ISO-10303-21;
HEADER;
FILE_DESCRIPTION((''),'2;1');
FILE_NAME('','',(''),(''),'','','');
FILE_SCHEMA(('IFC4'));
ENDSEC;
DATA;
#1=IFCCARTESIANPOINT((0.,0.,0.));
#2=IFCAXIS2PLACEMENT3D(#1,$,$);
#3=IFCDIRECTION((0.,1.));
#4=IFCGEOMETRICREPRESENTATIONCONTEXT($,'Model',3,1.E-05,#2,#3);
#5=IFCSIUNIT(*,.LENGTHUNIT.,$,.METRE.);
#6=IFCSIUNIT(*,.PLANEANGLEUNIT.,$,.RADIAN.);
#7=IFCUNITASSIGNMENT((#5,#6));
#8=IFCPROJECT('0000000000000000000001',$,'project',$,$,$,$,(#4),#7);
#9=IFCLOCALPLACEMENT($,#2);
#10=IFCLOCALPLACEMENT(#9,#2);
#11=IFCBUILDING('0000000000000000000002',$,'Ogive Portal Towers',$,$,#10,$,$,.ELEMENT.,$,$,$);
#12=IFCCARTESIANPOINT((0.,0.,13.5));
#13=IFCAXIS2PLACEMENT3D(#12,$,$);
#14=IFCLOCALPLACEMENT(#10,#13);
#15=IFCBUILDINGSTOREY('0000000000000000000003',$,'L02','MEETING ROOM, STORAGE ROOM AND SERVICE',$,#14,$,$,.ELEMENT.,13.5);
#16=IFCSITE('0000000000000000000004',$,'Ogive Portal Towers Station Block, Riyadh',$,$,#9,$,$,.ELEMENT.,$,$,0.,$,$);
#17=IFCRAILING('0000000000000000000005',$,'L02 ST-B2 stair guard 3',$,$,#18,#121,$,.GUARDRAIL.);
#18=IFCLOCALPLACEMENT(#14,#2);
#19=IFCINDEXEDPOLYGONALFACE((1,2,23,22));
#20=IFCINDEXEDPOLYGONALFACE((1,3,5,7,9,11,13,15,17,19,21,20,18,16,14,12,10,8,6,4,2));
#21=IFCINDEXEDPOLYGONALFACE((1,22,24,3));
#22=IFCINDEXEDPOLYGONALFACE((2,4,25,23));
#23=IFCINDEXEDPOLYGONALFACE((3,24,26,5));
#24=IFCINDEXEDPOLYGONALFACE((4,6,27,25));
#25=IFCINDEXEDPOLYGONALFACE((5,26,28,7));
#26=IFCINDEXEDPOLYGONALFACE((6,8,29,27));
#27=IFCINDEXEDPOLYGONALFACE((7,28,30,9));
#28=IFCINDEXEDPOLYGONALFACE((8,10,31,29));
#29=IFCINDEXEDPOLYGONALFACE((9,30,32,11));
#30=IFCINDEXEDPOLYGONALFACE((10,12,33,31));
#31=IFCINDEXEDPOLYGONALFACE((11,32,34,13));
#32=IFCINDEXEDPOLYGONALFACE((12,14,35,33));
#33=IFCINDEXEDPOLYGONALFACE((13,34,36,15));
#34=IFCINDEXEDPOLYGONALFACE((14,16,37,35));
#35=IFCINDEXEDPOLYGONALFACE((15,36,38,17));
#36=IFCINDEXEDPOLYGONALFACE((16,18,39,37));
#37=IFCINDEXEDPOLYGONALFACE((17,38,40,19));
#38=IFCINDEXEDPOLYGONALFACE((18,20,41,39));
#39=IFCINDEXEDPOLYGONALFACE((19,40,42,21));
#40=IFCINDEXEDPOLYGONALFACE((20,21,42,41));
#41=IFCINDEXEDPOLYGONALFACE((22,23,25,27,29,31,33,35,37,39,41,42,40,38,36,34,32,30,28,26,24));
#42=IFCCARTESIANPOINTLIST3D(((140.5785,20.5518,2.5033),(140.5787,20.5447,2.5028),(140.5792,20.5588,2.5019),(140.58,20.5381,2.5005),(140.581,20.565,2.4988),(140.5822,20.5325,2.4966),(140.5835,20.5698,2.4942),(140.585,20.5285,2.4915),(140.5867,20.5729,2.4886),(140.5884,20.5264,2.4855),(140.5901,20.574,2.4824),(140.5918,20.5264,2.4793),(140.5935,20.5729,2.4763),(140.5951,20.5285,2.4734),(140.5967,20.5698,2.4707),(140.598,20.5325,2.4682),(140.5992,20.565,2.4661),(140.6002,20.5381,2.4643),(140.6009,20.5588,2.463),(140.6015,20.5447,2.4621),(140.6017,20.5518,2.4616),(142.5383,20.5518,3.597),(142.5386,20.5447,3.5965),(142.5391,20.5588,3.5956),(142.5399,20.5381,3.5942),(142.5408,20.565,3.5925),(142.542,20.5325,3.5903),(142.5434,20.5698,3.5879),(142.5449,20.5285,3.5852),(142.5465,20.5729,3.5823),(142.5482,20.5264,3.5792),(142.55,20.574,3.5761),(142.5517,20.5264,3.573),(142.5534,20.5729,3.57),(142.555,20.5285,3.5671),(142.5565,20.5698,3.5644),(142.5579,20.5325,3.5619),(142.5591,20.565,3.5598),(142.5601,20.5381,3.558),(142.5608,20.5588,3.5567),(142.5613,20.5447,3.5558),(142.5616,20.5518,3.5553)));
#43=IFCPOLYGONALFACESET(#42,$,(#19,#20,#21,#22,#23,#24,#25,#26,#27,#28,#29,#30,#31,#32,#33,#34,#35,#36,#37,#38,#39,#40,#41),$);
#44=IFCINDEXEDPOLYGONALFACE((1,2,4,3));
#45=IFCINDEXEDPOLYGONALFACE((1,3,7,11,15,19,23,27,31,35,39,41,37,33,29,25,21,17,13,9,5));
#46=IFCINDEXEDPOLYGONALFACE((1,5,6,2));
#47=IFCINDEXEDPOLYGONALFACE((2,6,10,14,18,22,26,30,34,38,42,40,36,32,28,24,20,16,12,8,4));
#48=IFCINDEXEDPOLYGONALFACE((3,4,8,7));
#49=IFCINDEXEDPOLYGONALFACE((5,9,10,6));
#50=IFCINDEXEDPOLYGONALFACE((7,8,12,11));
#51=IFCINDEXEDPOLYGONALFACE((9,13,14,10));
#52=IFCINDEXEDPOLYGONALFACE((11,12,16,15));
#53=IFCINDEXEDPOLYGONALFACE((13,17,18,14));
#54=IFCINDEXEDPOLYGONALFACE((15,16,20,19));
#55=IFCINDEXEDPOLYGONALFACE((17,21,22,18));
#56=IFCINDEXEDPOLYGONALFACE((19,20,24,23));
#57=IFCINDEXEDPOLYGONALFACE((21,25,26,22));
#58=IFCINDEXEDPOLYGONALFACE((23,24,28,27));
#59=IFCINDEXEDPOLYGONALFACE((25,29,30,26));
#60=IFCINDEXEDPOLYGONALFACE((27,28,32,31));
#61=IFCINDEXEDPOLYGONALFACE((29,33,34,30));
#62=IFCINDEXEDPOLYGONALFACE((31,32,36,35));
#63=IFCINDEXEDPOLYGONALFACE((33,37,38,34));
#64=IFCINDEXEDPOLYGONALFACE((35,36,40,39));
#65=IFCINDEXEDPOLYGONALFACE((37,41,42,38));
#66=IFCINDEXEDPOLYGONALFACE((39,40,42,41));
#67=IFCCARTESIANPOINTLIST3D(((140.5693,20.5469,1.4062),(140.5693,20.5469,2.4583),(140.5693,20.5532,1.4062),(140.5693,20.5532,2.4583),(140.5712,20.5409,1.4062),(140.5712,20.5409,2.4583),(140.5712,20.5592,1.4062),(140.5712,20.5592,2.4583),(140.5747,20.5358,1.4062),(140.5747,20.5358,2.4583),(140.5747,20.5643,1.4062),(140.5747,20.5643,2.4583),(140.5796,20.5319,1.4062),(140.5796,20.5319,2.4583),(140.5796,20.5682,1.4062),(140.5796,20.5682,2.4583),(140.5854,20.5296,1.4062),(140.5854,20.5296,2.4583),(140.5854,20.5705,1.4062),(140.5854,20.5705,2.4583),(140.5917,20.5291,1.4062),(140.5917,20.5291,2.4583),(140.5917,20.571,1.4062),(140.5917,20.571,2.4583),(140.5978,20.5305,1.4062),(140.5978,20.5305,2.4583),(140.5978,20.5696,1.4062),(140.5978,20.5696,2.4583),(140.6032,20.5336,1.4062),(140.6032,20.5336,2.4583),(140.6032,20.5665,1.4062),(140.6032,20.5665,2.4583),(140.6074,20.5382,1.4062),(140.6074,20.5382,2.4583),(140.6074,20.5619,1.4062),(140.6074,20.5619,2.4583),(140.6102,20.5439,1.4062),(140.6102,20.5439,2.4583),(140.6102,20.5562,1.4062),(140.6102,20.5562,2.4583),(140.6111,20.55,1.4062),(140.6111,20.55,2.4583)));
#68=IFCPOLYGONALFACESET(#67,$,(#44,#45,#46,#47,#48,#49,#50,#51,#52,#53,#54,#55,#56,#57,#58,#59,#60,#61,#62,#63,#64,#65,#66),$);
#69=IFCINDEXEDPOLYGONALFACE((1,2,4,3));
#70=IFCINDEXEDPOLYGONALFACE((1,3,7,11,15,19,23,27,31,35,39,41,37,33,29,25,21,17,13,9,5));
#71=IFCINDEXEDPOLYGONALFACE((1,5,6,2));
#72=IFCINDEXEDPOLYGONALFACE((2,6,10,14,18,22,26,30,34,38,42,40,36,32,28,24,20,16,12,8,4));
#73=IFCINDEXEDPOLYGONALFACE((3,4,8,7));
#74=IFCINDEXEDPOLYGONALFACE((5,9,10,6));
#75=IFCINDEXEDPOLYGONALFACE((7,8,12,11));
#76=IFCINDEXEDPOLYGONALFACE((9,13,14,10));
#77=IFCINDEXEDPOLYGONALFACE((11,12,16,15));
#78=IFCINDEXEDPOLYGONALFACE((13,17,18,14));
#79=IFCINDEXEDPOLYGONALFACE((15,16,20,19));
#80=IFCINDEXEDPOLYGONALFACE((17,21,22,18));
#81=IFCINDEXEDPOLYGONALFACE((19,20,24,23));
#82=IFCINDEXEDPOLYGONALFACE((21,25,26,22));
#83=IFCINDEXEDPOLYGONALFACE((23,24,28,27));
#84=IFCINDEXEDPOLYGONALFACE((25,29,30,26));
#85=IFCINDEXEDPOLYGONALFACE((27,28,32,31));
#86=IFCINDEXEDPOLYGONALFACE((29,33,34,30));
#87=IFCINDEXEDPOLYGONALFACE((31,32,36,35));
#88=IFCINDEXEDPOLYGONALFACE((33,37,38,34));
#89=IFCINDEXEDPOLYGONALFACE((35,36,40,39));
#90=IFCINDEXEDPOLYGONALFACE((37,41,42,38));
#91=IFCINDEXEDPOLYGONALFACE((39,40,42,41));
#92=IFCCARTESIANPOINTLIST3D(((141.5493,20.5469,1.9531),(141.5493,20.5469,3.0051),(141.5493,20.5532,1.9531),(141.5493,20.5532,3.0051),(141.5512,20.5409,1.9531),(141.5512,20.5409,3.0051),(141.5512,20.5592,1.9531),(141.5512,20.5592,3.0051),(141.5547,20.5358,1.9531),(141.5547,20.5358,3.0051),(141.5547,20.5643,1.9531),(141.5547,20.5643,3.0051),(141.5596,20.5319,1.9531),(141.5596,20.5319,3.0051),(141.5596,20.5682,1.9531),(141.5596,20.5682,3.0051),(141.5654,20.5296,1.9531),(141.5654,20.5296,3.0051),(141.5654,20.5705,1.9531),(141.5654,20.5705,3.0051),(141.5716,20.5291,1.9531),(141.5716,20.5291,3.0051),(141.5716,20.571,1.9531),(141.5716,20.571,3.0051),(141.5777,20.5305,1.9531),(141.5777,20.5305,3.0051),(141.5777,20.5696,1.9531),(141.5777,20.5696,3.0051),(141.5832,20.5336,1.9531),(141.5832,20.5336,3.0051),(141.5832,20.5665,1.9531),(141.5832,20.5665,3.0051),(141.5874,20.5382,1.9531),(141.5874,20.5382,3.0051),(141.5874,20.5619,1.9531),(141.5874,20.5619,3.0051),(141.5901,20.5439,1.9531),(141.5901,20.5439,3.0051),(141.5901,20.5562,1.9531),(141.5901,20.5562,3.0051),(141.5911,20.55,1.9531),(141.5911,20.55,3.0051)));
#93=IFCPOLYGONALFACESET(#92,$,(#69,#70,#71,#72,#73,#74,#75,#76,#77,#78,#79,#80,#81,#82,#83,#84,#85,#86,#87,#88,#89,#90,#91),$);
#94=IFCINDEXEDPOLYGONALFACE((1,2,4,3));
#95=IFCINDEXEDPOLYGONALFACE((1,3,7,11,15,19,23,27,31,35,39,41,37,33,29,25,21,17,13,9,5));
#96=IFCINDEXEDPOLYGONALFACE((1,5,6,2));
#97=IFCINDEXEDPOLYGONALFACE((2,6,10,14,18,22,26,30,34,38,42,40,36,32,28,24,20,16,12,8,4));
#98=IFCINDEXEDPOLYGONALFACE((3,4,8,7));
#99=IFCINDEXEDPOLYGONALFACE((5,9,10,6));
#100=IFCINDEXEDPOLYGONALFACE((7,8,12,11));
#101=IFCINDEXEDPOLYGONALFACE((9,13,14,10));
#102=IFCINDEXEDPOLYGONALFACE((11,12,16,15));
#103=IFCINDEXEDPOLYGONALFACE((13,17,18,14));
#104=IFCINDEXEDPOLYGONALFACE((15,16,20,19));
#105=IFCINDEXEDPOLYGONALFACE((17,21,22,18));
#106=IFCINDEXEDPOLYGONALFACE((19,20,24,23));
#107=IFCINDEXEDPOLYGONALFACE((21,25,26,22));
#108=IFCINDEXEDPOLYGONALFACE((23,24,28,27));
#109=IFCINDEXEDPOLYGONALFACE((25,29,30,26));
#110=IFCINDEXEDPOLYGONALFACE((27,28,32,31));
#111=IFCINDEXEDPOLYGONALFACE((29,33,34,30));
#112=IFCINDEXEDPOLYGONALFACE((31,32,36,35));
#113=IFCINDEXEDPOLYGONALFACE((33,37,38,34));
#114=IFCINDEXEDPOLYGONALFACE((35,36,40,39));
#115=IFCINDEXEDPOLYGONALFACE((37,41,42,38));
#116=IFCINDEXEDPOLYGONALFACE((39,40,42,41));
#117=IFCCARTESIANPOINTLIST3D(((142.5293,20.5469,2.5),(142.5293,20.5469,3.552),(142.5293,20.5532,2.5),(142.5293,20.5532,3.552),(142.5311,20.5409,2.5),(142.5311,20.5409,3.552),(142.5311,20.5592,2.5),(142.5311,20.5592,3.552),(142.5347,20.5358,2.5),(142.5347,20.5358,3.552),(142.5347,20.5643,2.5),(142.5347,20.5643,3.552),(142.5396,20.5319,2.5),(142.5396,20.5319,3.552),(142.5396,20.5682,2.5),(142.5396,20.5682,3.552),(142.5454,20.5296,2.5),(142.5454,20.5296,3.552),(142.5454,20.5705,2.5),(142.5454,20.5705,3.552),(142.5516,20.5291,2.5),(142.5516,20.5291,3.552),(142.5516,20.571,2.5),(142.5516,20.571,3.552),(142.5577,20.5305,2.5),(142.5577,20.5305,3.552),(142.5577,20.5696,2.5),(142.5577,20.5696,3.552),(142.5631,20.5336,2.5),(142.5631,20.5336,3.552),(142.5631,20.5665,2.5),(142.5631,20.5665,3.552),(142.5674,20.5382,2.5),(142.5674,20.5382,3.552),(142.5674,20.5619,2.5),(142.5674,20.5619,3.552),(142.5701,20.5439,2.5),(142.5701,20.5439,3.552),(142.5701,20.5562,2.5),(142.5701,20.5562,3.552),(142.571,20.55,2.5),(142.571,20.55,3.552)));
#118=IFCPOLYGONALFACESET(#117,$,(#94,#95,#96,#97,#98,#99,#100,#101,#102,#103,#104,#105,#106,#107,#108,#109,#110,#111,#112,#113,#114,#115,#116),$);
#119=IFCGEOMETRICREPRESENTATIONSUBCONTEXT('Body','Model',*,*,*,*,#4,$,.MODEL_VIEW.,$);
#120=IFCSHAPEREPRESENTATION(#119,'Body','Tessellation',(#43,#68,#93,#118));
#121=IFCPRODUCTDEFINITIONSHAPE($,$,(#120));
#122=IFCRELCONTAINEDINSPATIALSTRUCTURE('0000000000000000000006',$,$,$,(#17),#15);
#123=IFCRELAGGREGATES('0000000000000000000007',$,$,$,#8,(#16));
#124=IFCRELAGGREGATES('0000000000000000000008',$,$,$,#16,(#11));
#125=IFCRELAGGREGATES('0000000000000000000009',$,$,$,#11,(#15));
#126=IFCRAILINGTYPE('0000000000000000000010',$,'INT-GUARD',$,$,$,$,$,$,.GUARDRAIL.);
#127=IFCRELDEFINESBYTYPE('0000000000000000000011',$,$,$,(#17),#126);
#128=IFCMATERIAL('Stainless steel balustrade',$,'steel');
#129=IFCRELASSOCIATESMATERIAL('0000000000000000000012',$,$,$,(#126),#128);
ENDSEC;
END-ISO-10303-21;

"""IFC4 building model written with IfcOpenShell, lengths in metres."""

from ifc_helpers import new_model, si_unit, direction, frame, origin, origin_2d, place, context, subcontext, project, spatial, circle, extrude, material, type_object, element, save


model = new_model("IFC4")

# Units and contexts
model_context = context("Model", 3, precision=1e-05, world=origin(), true_north=direction((0.0, 1.0)))
body_context = subcontext(model_context, "Body", "Model", "MODEL_VIEW")
ifc_project = project(units=[si_unit("LENGTHUNIT", "METRE"), si_unit("PLANEANGLEUNIT", "RADIAN")], contexts=[model_context])

# Site, building, storey
site_placement = place(None, origin())
site = spatial("IfcSite", under=ifc_project, at=site_placement, Name="Ogive Portal Towers Station Block, Riyadh", CompositionType="ELEMENT", RefElevation=0.0)
building_placement = place(site_placement, origin())
building = spatial("IfcBuilding", under=site, at=building_placement, Name="Ogive Portal Towers", CompositionType="ELEMENT")
storey_placement = place(building_placement, frame((0.0, 0.0, 13.5)))
storey = spatial("IfcBuildingStorey", under=building, at=storey_placement, Name="L02", Description="MEETING ROOM, STORAGE ROOM AND SERVICE", CompositionType="ELEMENT", Elevation=13.5)

# Railing
ifc_material_1 = material(Name="Stainless steel balustrade", Category="steel")
railing_type_1 = type_object("IfcRailingType", Name="INT-GUARD", PredefinedType="GUARDRAIL", material=ifc_material_1)
railing_placement = place(storey_placement, frame((140.5901, 20.55, 1.4062)))
element("IfcRailing", 1, at=railing_placement, inside=storey, type_object=railing_type_1, Name="L02 ST-B2 stair guard 3", PredefinedType="GUARDRAIL", context=body_context, shape_type="SweptSolid", body=[
    extrude(circle(Radius=0.0239, at=origin_2d()), frame((0.0, 0.0, 1.0762), z_axis=(0.873232, 0.0, 0.487304), x_axis=(0.0, 1.0, 0.0)), (0.0, 0.0, 1.0), 2.2444),
    extrude(circle(Radius=0.021, at=origin_2d()), origin(), (0.0, 0.0, 1.0), 1.052),
    extrude(circle(Radius=0.021, at=origin_2d()), frame((0.98, 0.0, 0.5469)), (0.0, 0.0, 1.0), 1.052),
    extrude(circle(Radius=0.021, at=origin_2d()), frame((1.96, 0.0, 1.0938)), (0.0, 0.0, 1.0), 1.052),
])

save(model, "model.ifc")
